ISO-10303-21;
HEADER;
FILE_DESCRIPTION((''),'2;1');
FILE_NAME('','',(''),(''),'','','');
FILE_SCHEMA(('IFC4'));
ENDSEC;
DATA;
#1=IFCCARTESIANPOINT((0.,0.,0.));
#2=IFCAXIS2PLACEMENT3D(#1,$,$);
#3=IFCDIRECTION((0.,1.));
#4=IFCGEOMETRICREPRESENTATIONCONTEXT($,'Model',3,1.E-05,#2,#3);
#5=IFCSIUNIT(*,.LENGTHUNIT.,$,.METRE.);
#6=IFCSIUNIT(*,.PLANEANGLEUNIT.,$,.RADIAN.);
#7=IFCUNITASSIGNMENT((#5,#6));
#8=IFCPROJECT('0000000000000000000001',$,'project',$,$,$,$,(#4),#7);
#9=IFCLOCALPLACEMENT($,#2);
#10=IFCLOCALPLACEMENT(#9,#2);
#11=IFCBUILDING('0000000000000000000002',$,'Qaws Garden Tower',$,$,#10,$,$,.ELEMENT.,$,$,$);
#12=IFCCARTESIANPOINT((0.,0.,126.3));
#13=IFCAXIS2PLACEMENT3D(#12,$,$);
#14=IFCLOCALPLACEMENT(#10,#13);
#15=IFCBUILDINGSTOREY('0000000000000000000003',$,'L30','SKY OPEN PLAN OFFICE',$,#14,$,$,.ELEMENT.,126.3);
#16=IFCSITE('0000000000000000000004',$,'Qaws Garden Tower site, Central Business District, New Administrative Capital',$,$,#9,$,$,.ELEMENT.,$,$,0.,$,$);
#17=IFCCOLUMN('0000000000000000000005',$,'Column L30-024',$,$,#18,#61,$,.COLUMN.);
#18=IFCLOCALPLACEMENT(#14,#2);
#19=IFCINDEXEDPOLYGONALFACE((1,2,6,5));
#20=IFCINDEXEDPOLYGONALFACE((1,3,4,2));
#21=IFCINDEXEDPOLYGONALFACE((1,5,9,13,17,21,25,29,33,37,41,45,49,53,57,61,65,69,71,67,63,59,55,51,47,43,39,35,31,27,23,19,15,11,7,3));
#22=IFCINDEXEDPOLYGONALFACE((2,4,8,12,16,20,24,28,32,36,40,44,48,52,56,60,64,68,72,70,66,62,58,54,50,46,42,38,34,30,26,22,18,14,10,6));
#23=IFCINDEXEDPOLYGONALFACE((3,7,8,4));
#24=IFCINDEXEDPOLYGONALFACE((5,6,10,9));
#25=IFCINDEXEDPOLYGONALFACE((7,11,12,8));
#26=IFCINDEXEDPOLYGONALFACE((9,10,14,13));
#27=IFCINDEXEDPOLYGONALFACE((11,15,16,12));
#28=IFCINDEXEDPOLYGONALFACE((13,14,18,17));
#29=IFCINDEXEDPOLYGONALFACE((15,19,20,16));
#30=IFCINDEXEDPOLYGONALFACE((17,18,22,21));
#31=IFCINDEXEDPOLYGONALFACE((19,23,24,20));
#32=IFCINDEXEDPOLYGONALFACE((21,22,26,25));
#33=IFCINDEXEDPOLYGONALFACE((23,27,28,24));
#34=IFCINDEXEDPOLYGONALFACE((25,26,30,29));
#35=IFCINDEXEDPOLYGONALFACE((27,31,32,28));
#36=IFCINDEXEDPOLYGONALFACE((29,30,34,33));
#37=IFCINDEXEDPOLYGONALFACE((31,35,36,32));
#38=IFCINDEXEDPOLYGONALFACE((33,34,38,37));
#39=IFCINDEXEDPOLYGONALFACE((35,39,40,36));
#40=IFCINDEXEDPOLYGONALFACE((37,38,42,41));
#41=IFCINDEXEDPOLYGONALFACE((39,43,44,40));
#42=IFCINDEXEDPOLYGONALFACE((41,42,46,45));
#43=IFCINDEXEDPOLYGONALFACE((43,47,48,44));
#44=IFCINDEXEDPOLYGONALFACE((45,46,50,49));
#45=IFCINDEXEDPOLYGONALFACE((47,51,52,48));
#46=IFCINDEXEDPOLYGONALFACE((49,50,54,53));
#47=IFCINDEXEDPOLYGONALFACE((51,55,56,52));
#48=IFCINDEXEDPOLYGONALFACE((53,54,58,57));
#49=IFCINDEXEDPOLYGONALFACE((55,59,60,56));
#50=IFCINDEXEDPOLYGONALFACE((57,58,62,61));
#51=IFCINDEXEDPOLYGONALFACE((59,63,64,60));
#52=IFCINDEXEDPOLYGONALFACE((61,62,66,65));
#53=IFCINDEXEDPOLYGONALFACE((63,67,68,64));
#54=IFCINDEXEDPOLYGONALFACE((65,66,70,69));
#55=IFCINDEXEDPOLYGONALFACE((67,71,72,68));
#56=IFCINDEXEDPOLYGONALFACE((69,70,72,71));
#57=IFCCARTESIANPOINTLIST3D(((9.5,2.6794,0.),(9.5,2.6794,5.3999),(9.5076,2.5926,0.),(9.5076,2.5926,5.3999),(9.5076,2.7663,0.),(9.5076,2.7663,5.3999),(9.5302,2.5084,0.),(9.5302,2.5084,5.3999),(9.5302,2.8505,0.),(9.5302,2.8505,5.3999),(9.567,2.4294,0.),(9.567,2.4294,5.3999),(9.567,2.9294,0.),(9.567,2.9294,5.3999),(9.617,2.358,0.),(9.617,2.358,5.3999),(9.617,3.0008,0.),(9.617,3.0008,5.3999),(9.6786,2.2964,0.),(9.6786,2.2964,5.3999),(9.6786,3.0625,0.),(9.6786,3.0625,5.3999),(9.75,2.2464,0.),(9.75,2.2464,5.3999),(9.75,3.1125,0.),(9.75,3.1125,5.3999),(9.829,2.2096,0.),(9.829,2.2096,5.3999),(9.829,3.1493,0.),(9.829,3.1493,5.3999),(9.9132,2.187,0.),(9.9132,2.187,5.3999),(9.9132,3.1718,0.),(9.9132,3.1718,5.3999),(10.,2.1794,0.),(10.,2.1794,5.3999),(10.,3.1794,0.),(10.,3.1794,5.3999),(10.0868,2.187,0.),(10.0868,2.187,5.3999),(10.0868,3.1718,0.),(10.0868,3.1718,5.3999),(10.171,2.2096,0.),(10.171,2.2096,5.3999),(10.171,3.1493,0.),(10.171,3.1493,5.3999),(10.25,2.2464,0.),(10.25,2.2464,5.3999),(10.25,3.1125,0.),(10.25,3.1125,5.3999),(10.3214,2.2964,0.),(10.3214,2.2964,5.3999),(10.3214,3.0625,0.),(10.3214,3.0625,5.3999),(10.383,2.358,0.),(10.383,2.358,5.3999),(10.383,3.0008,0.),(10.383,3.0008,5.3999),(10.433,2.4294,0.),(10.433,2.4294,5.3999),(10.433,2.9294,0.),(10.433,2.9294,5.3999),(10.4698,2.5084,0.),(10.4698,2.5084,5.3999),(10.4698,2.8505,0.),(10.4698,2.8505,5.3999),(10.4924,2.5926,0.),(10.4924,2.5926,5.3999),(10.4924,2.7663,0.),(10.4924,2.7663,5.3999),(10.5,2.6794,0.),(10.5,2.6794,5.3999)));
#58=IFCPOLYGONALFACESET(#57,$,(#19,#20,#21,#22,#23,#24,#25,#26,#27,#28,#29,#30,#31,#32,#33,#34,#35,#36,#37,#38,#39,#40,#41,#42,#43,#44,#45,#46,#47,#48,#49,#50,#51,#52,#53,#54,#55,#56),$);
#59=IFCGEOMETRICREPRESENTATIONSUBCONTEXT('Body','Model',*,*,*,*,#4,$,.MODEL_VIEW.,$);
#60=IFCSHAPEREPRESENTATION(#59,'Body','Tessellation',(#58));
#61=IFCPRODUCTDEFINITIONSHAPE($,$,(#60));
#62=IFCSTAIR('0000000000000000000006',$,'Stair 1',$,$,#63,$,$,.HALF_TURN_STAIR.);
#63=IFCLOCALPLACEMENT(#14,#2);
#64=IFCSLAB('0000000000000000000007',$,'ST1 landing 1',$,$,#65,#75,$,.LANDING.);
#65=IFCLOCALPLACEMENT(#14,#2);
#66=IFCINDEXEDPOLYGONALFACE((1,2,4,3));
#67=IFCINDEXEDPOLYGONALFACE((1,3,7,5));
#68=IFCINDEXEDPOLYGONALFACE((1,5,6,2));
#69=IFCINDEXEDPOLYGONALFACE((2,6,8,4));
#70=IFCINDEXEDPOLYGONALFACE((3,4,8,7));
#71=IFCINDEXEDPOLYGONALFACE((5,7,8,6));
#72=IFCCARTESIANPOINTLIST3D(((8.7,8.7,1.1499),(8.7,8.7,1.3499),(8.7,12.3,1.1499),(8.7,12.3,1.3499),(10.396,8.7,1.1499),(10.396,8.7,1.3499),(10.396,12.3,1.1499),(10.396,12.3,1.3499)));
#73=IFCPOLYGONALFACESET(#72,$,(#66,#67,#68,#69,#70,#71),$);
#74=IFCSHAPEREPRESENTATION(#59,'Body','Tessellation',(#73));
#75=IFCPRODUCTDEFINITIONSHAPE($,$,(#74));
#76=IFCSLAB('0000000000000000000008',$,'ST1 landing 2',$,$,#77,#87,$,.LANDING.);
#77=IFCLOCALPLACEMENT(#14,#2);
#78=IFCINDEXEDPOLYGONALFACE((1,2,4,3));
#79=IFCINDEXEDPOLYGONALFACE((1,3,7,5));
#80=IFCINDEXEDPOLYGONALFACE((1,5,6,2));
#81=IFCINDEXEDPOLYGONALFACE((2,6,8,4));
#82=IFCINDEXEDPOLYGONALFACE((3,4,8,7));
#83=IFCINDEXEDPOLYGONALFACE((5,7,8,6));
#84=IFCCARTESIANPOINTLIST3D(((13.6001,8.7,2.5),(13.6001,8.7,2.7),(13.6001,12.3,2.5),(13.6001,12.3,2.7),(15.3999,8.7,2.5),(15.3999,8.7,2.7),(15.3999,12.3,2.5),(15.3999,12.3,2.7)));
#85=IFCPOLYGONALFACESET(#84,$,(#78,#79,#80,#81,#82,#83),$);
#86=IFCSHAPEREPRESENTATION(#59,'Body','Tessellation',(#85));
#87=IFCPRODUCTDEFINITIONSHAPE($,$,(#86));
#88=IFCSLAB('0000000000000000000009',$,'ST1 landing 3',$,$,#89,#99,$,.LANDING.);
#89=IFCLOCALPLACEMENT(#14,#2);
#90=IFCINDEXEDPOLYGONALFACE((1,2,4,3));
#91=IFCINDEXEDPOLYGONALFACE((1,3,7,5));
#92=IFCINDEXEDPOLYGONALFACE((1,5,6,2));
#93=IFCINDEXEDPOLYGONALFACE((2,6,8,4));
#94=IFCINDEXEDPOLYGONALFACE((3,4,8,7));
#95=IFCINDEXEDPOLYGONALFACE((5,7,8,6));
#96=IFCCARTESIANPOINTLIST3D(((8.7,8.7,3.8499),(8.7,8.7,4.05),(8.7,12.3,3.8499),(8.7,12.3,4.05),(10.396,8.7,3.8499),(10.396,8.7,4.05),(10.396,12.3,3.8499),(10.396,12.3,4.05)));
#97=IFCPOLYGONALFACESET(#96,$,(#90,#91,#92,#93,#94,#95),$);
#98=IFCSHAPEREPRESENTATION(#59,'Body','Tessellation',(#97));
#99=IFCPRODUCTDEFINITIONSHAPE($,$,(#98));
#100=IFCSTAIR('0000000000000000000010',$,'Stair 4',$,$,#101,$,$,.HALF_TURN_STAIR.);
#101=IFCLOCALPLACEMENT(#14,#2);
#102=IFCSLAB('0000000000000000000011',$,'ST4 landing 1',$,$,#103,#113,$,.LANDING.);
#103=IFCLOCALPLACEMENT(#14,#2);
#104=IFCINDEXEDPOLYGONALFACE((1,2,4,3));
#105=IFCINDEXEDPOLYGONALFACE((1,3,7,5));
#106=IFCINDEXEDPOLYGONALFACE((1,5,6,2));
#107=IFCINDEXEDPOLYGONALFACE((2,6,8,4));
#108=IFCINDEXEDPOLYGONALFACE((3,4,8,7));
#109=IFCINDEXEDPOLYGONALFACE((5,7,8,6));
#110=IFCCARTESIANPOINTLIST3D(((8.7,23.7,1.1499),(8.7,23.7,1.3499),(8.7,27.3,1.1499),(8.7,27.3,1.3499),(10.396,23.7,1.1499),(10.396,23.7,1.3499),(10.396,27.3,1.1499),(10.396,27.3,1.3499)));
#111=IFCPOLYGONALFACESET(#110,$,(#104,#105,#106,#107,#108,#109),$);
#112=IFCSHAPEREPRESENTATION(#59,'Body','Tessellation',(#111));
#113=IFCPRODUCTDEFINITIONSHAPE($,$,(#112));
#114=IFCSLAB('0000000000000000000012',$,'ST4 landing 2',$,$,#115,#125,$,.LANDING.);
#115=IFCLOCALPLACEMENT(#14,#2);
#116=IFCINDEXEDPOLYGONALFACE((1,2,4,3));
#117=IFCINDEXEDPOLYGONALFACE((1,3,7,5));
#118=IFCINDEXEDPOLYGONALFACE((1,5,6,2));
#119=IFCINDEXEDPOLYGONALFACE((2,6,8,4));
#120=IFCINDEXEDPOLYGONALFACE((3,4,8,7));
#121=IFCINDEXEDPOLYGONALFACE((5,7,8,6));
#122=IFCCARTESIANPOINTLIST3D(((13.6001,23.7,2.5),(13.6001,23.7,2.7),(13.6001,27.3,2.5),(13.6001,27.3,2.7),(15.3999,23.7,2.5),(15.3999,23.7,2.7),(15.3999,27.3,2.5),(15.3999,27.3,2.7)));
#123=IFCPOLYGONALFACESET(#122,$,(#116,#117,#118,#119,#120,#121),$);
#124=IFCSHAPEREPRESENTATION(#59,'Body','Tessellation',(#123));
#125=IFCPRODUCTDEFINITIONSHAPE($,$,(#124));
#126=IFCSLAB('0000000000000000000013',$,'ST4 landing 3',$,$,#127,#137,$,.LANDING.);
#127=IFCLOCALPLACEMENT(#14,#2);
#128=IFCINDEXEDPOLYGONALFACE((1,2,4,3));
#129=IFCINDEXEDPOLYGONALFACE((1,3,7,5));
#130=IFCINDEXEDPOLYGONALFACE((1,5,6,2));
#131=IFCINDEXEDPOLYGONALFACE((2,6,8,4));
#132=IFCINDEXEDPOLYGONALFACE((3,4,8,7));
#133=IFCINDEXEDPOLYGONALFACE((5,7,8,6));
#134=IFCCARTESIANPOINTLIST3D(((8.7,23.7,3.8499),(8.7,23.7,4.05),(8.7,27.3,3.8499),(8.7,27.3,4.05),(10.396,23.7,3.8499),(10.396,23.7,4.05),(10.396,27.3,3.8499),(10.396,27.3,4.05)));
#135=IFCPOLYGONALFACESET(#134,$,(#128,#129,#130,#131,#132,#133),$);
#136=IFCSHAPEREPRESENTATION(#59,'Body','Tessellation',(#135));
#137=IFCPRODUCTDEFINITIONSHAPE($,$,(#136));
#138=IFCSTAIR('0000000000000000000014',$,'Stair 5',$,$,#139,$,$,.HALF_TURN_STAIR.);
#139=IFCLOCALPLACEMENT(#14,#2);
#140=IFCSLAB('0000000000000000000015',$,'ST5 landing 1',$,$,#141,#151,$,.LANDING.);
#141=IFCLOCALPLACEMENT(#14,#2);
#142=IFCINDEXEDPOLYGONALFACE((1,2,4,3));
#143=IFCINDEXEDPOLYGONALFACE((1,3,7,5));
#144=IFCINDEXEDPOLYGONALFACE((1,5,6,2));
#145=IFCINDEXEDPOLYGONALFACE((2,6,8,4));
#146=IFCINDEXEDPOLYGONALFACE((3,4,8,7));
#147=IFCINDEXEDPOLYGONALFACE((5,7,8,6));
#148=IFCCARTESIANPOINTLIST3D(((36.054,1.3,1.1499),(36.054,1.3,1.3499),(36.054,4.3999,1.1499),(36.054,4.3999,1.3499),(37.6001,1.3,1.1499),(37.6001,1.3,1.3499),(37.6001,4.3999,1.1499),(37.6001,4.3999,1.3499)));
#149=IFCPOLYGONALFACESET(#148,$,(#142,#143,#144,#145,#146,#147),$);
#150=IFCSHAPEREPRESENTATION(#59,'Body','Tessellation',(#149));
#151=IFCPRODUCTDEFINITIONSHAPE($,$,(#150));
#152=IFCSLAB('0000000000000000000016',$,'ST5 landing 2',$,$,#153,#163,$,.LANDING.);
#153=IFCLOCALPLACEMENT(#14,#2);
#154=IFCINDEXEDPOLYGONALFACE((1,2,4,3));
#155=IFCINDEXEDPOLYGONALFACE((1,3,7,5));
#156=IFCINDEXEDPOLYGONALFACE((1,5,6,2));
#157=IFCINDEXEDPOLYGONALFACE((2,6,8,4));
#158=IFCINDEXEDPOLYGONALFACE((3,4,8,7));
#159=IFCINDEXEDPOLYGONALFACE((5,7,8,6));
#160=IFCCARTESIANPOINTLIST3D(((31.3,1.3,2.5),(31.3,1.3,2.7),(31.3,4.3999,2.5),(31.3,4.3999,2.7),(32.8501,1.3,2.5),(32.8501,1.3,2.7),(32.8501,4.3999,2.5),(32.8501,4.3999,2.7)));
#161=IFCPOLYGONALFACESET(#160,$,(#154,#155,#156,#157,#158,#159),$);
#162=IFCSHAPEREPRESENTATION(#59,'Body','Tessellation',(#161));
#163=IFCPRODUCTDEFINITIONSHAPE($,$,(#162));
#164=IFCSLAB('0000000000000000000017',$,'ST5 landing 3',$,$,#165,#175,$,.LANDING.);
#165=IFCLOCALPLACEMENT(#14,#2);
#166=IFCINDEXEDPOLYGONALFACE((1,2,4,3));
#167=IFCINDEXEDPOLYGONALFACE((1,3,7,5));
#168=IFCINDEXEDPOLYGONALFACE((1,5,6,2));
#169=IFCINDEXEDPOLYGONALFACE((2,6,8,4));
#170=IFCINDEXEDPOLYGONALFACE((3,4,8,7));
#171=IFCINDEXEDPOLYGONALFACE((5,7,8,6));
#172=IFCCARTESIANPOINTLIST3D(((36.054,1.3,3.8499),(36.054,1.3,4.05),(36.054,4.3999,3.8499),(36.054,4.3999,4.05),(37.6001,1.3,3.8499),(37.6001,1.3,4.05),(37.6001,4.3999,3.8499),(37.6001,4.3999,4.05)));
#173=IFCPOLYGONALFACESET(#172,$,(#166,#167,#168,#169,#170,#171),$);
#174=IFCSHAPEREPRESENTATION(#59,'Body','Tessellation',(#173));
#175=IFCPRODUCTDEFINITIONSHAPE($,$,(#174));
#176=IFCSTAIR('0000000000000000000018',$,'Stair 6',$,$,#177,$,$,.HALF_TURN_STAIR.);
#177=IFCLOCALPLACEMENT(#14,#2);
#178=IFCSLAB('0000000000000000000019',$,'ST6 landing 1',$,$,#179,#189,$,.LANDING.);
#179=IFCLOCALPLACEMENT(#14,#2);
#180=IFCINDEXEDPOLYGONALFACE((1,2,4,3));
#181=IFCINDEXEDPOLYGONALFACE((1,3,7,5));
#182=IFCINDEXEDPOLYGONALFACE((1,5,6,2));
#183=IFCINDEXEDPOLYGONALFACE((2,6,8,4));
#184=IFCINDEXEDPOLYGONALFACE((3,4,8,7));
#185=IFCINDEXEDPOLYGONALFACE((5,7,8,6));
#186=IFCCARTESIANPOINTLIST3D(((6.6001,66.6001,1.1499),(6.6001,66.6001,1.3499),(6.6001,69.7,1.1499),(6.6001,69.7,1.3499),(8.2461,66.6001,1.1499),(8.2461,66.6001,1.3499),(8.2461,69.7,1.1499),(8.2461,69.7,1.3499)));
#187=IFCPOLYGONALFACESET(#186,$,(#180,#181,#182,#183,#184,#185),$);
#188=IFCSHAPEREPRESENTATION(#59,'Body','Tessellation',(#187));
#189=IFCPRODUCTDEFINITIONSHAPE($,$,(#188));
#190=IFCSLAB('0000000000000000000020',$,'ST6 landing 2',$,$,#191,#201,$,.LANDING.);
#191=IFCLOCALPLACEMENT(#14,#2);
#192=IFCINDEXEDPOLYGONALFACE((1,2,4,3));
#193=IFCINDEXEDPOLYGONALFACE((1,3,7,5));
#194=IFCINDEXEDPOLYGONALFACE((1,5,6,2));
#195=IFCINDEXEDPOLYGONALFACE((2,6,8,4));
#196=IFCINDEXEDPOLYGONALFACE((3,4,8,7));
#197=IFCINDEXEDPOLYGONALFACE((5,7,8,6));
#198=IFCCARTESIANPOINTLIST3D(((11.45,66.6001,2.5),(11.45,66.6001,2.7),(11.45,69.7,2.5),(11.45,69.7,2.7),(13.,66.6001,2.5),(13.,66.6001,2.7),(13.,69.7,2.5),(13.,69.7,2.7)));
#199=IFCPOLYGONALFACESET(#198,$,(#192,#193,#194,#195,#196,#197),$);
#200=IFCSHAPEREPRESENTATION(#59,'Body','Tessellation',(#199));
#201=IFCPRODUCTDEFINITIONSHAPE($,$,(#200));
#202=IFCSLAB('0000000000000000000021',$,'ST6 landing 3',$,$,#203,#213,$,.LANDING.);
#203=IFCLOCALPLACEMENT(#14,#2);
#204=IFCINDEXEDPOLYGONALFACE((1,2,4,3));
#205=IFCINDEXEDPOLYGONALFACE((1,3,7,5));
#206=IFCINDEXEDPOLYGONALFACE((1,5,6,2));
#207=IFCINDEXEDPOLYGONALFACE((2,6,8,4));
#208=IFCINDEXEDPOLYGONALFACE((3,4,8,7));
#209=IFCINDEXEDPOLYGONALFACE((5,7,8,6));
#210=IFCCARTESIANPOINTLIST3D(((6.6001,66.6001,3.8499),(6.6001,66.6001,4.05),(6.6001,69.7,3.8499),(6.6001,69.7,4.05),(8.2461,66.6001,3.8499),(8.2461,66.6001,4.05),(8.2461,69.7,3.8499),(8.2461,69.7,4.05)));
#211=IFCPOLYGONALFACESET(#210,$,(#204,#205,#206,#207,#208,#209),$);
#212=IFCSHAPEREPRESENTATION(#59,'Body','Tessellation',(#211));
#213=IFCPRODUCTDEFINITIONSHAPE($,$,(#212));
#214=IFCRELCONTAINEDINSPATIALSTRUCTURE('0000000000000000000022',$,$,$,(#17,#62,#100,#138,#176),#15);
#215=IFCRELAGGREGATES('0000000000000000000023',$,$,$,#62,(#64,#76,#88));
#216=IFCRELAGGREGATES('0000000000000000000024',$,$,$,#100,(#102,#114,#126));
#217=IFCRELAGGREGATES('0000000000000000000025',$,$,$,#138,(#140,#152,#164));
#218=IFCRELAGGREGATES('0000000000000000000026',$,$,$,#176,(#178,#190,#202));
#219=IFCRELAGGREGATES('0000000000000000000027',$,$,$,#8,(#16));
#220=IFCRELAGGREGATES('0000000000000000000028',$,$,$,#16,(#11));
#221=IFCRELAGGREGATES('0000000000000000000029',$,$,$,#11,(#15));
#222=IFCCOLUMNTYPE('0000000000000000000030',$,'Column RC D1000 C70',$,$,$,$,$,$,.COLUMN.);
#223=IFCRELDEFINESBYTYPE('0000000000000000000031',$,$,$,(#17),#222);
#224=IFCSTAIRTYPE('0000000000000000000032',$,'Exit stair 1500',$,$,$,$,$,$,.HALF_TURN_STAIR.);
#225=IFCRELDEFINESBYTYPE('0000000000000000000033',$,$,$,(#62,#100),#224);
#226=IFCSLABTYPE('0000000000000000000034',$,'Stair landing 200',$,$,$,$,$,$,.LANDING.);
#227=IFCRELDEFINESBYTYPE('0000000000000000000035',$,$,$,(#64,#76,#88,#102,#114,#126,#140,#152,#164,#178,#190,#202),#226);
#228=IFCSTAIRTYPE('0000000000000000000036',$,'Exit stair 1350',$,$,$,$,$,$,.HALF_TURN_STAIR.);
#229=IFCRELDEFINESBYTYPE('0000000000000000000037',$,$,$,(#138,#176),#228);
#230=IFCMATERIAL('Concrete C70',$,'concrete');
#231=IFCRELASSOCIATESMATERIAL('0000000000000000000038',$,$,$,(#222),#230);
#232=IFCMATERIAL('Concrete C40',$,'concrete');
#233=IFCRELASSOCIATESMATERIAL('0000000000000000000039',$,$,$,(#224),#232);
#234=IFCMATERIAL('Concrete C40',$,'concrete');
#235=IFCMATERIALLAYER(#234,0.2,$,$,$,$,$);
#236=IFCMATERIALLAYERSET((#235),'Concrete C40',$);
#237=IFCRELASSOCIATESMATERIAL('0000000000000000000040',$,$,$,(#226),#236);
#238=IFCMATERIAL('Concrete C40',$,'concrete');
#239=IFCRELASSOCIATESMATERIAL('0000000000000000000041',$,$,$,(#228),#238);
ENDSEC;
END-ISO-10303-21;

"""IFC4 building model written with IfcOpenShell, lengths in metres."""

from ifc_helpers import new_model, si_unit, direction, frame, origin, origin_2d, place, context, subcontext, project, spatial, polyline, circle, outline, extrude, material, layer, layer_set, material_profile, profile_set, type_object, element, aggregate, save


model = new_model("IFC4")

# Units and contexts
model_context = context("Model", 3, precision=1e-05, world=origin(), true_north=direction((0.0, 1.0)))
body_context = subcontext(model_context, "Body", "Model", "MODEL_VIEW")
ifc_project = project(units=[si_unit("LENGTHUNIT", "METRE"), si_unit("PLANEANGLEUNIT", "RADIAN")], contexts=[model_context])

# Site, building, storey
site_placement = place(None, origin())
site = spatial("IfcSite", under=ifc_project, at=site_placement, Name="Qaws Garden Tower site, Central Business District, New Administrative Capital", CompositionType="ELEMENT", RefElevation=0.0)
building_placement = place(site_placement, origin())
building = spatial("IfcBuilding", under=site, at=building_placement, Name="Qaws Garden Tower", CompositionType="ELEMENT")
storey_placement = place(building_placement, frame((0.0, 0.0, 126.3)))
storey = spatial("IfcBuildingStorey", under=building, at=storey_placement, Name="L30", Description="SKY OPEN PLAN OFFICE", CompositionType="ELEMENT", Elevation=126.3)

# Column
ifc_material_1 = material(Name="Concrete C70", Category="concrete")
ifc_material_profile = material_profile(ifc_material_1, circle(Radius=0.5, at=origin_2d()), Name="RC D1000")
ifc_profile_set = profile_set([ifc_material_profile], Name="Concrete C70")
column_type = type_object("IfcColumnType", Name="Column RC D1000 C70", PredefinedType="COLUMN", material=ifc_profile_set)
column_placement = place(storey_placement, frame((10.0, 2.6794, 0.0), z_axis=(0.0, 0.0, 1.0), x_axis=(1.0, 0.0, 0.0)))
element("IfcColumn", 1, at=column_placement, inside=storey, type_object=column_type, Name="Column L30-024", PredefinedType="COLUMN", context=body_context, shape_type="SweptSolid", body=[
    extrude(circle(Radius=0.5, at=origin_2d()), origin(), (0.0, 0.0, 1.0), 5.3999),
])

# Stairs, slabs
ifc_material_2 = material(Name="Concrete C40", Category="concrete")
stair_type_1 = type_object("IfcStairType", Name="Exit stair 1500", PredefinedType="HALF_TURN_STAIR", material=ifc_material_2)
placement_1 = place(storey_placement, origin())
stair_1 = element("IfcStair", 2, at=placement_1, inside=storey, type_object=stair_type_1, Name="Stair 1", PredefinedType="HALF_TURN_STAIR")
ifc_material_3 = material(Name="Concrete C40", Category="concrete")
ifc_layer = layer(ifc_material_3, 0.2)
ifc_layer_set = layer_set([ifc_layer], Name="Concrete C40")
slab_type = type_object("IfcSlabType", Name="Stair landing 200", PredefinedType="LANDING", material=ifc_layer_set)
placement_2 = place(storey_placement, frame((0.0, 0.0, 1.1499)))
slab_1 = element("IfcSlab", 3, at=placement_2, type_object=slab_type, Name="ST1 landing 1", PredefinedType="LANDING", context=body_context, shape_type="SweptSolid", body=[
    extrude(outline(polyline([(8.7, 8.7), (10.396, 8.7), (10.396, 12.3), (8.7, 12.3), (8.7, 8.7)])), origin(), (0.0, 0.0, 1.0), 0.2),
])
placement_3 = place(storey_placement, frame((0.0, 0.0, 2.5)))
slab_2 = element("IfcSlab", 4, at=placement_3, type_object=slab_type, Name="ST1 landing 2", PredefinedType="LANDING", context=body_context, shape_type="SweptSolid", body=[
    extrude(outline(polyline([(13.6001, 8.7), (15.3999, 8.7), (15.3999, 12.3), (13.6001, 12.3), (13.6001, 8.7)])), origin(), (0.0, 0.0, 1.0), 0.2),
])
placement_4 = place(storey_placement, frame((0.0, 0.0, 3.8499)))
slab_3 = element("IfcSlab", 5, at=placement_4, type_object=slab_type, Name="ST1 landing 3", PredefinedType="LANDING", context=body_context, shape_type="SweptSolid", body=[
    extrude(outline(polyline([(8.7, 8.7), (10.396, 8.7), (10.396, 12.3), (8.7, 12.3), (8.7, 8.7)])), origin(), (0.0, 0.0, 1.0), 0.2002),
])
aggregate(stair_1, [slab_1, slab_2, slab_3])
stair_2 = element("IfcStair", 6, at=placement_1, inside=storey, type_object=stair_type_1, Name="Stair 4", PredefinedType="HALF_TURN_STAIR")
slab_4 = element("IfcSlab", 7, at=placement_2, type_object=slab_type, Name="ST4 landing 1", PredefinedType="LANDING", context=body_context, shape_type="SweptSolid", body=[
    extrude(outline(polyline([(8.7, 23.7), (10.396, 23.7), (10.396, 27.3), (8.7, 27.3), (8.7, 23.7)])), origin(), (0.0, 0.0, 1.0), 0.2),
])
slab_5 = element("IfcSlab", 8, at=placement_3, type_object=slab_type, Name="ST4 landing 2", PredefinedType="LANDING", context=body_context, shape_type="SweptSolid", body=[
    extrude(outline(polyline([(13.6001, 23.7), (15.3999, 23.7), (15.3999, 27.3), (13.6001, 27.3), (13.6001, 23.7)])), origin(), (0.0, 0.0, 1.0), 0.2),
])
slab_6 = element("IfcSlab", 9, at=placement_4, type_object=slab_type, Name="ST4 landing 3", PredefinedType="LANDING", context=body_context, shape_type="SweptSolid", body=[
    extrude(outline(polyline([(8.7, 23.7), (10.396, 23.7), (10.396, 27.3), (8.7, 27.3), (8.7, 23.7)])), origin(), (0.0, 0.0, 1.0), 0.2002),
])
aggregate(stair_2, [slab_4, slab_5, slab_6])
ifc_material_4 = material(Name="Concrete C40", Category="concrete")
stair_type_2 = type_object("IfcStairType", Name="Exit stair 1350", PredefinedType="HALF_TURN_STAIR", material=ifc_material_4)
stair_3 = element("IfcStair", 10, at=placement_1, inside=storey, type_object=stair_type_2, Name="Stair 5", PredefinedType="HALF_TURN_STAIR")
slab_7 = element("IfcSlab", 11, at=placement_2, type_object=slab_type, Name="ST5 landing 1", PredefinedType="LANDING", context=body_context, shape_type="SweptSolid", body=[
    extrude(outline(polyline([(36.054, 1.3), (37.6001, 1.3), (37.6001, 4.3999), (36.054, 4.3999), (36.054, 1.3)])), origin(), (0.0, 0.0, 1.0), 0.2),
])
slab_8 = element("IfcSlab", 12, at=placement_3, type_object=slab_type, Name="ST5 landing 2", PredefinedType="LANDING", context=body_context, shape_type="SweptSolid", body=[
    extrude(outline(polyline([(31.3, 1.3), (32.8501, 1.3), (32.8501, 4.3999), (31.3, 4.3999), (31.3, 1.3)])), origin(), (0.0, 0.0, 1.0), 0.2),
])
slab_9 = element("IfcSlab", 13, at=placement_4, type_object=slab_type, Name="ST5 landing 3", PredefinedType="LANDING", context=body_context, shape_type="SweptSolid", body=[
    extrude(outline(polyline([(36.054, 1.3), (37.6001, 1.3), (37.6001, 4.3999), (36.054, 4.3999), (36.054, 1.3)])), origin(), (0.0, 0.0, 1.0), 0.2002),
])
aggregate(stair_3, [slab_7, slab_8, slab_9])
stair_4 = element("IfcStair", 14, at=placement_1, inside=storey, type_object=stair_type_2, Name="Stair 6", PredefinedType="HALF_TURN_STAIR")
slab_10 = element("IfcSlab", 15, at=placement_2, type_object=slab_type, Name="ST6 landing 1", PredefinedType="LANDING", context=body_context, shape_type="SweptSolid", body=[
    extrude(outline(polyline([(6.6001, 66.6001), (8.2461, 66.6001), (8.2461, 69.7), (6.6001, 69.7), (6.6001, 66.6001)])), origin(), (0.0, 0.0, 1.0), 0.2),
])
slab_11 = element("IfcSlab", 16, at=placement_3, type_object=slab_type, Name="ST6 landing 2", PredefinedType="LANDING", context=body_context, shape_type="SweptSolid", body=[
    extrude(outline(polyline([(11.45, 66.6001), (13.0, 66.6001), (13.0, 69.7), (11.45, 69.7), (11.45, 66.6001)])), origin(), (0.0, 0.0, 1.0), 0.2),
])
slab_12 = element("IfcSlab", 17, at=placement_4, type_object=slab_type, Name="ST6 landing 3", PredefinedType="LANDING", context=body_context, shape_type="SweptSolid", body=[
    extrude(outline(polyline([(6.6001, 66.6001), (8.2461, 66.6001), (8.2461, 69.7), (6.6001, 69.7), (6.6001, 66.6001)])), origin(), (0.0, 0.0, 1.0), 0.2002),
])
aggregate(stair_4, [slab_10, slab_11, slab_12])

save(model, "model.ifc")
